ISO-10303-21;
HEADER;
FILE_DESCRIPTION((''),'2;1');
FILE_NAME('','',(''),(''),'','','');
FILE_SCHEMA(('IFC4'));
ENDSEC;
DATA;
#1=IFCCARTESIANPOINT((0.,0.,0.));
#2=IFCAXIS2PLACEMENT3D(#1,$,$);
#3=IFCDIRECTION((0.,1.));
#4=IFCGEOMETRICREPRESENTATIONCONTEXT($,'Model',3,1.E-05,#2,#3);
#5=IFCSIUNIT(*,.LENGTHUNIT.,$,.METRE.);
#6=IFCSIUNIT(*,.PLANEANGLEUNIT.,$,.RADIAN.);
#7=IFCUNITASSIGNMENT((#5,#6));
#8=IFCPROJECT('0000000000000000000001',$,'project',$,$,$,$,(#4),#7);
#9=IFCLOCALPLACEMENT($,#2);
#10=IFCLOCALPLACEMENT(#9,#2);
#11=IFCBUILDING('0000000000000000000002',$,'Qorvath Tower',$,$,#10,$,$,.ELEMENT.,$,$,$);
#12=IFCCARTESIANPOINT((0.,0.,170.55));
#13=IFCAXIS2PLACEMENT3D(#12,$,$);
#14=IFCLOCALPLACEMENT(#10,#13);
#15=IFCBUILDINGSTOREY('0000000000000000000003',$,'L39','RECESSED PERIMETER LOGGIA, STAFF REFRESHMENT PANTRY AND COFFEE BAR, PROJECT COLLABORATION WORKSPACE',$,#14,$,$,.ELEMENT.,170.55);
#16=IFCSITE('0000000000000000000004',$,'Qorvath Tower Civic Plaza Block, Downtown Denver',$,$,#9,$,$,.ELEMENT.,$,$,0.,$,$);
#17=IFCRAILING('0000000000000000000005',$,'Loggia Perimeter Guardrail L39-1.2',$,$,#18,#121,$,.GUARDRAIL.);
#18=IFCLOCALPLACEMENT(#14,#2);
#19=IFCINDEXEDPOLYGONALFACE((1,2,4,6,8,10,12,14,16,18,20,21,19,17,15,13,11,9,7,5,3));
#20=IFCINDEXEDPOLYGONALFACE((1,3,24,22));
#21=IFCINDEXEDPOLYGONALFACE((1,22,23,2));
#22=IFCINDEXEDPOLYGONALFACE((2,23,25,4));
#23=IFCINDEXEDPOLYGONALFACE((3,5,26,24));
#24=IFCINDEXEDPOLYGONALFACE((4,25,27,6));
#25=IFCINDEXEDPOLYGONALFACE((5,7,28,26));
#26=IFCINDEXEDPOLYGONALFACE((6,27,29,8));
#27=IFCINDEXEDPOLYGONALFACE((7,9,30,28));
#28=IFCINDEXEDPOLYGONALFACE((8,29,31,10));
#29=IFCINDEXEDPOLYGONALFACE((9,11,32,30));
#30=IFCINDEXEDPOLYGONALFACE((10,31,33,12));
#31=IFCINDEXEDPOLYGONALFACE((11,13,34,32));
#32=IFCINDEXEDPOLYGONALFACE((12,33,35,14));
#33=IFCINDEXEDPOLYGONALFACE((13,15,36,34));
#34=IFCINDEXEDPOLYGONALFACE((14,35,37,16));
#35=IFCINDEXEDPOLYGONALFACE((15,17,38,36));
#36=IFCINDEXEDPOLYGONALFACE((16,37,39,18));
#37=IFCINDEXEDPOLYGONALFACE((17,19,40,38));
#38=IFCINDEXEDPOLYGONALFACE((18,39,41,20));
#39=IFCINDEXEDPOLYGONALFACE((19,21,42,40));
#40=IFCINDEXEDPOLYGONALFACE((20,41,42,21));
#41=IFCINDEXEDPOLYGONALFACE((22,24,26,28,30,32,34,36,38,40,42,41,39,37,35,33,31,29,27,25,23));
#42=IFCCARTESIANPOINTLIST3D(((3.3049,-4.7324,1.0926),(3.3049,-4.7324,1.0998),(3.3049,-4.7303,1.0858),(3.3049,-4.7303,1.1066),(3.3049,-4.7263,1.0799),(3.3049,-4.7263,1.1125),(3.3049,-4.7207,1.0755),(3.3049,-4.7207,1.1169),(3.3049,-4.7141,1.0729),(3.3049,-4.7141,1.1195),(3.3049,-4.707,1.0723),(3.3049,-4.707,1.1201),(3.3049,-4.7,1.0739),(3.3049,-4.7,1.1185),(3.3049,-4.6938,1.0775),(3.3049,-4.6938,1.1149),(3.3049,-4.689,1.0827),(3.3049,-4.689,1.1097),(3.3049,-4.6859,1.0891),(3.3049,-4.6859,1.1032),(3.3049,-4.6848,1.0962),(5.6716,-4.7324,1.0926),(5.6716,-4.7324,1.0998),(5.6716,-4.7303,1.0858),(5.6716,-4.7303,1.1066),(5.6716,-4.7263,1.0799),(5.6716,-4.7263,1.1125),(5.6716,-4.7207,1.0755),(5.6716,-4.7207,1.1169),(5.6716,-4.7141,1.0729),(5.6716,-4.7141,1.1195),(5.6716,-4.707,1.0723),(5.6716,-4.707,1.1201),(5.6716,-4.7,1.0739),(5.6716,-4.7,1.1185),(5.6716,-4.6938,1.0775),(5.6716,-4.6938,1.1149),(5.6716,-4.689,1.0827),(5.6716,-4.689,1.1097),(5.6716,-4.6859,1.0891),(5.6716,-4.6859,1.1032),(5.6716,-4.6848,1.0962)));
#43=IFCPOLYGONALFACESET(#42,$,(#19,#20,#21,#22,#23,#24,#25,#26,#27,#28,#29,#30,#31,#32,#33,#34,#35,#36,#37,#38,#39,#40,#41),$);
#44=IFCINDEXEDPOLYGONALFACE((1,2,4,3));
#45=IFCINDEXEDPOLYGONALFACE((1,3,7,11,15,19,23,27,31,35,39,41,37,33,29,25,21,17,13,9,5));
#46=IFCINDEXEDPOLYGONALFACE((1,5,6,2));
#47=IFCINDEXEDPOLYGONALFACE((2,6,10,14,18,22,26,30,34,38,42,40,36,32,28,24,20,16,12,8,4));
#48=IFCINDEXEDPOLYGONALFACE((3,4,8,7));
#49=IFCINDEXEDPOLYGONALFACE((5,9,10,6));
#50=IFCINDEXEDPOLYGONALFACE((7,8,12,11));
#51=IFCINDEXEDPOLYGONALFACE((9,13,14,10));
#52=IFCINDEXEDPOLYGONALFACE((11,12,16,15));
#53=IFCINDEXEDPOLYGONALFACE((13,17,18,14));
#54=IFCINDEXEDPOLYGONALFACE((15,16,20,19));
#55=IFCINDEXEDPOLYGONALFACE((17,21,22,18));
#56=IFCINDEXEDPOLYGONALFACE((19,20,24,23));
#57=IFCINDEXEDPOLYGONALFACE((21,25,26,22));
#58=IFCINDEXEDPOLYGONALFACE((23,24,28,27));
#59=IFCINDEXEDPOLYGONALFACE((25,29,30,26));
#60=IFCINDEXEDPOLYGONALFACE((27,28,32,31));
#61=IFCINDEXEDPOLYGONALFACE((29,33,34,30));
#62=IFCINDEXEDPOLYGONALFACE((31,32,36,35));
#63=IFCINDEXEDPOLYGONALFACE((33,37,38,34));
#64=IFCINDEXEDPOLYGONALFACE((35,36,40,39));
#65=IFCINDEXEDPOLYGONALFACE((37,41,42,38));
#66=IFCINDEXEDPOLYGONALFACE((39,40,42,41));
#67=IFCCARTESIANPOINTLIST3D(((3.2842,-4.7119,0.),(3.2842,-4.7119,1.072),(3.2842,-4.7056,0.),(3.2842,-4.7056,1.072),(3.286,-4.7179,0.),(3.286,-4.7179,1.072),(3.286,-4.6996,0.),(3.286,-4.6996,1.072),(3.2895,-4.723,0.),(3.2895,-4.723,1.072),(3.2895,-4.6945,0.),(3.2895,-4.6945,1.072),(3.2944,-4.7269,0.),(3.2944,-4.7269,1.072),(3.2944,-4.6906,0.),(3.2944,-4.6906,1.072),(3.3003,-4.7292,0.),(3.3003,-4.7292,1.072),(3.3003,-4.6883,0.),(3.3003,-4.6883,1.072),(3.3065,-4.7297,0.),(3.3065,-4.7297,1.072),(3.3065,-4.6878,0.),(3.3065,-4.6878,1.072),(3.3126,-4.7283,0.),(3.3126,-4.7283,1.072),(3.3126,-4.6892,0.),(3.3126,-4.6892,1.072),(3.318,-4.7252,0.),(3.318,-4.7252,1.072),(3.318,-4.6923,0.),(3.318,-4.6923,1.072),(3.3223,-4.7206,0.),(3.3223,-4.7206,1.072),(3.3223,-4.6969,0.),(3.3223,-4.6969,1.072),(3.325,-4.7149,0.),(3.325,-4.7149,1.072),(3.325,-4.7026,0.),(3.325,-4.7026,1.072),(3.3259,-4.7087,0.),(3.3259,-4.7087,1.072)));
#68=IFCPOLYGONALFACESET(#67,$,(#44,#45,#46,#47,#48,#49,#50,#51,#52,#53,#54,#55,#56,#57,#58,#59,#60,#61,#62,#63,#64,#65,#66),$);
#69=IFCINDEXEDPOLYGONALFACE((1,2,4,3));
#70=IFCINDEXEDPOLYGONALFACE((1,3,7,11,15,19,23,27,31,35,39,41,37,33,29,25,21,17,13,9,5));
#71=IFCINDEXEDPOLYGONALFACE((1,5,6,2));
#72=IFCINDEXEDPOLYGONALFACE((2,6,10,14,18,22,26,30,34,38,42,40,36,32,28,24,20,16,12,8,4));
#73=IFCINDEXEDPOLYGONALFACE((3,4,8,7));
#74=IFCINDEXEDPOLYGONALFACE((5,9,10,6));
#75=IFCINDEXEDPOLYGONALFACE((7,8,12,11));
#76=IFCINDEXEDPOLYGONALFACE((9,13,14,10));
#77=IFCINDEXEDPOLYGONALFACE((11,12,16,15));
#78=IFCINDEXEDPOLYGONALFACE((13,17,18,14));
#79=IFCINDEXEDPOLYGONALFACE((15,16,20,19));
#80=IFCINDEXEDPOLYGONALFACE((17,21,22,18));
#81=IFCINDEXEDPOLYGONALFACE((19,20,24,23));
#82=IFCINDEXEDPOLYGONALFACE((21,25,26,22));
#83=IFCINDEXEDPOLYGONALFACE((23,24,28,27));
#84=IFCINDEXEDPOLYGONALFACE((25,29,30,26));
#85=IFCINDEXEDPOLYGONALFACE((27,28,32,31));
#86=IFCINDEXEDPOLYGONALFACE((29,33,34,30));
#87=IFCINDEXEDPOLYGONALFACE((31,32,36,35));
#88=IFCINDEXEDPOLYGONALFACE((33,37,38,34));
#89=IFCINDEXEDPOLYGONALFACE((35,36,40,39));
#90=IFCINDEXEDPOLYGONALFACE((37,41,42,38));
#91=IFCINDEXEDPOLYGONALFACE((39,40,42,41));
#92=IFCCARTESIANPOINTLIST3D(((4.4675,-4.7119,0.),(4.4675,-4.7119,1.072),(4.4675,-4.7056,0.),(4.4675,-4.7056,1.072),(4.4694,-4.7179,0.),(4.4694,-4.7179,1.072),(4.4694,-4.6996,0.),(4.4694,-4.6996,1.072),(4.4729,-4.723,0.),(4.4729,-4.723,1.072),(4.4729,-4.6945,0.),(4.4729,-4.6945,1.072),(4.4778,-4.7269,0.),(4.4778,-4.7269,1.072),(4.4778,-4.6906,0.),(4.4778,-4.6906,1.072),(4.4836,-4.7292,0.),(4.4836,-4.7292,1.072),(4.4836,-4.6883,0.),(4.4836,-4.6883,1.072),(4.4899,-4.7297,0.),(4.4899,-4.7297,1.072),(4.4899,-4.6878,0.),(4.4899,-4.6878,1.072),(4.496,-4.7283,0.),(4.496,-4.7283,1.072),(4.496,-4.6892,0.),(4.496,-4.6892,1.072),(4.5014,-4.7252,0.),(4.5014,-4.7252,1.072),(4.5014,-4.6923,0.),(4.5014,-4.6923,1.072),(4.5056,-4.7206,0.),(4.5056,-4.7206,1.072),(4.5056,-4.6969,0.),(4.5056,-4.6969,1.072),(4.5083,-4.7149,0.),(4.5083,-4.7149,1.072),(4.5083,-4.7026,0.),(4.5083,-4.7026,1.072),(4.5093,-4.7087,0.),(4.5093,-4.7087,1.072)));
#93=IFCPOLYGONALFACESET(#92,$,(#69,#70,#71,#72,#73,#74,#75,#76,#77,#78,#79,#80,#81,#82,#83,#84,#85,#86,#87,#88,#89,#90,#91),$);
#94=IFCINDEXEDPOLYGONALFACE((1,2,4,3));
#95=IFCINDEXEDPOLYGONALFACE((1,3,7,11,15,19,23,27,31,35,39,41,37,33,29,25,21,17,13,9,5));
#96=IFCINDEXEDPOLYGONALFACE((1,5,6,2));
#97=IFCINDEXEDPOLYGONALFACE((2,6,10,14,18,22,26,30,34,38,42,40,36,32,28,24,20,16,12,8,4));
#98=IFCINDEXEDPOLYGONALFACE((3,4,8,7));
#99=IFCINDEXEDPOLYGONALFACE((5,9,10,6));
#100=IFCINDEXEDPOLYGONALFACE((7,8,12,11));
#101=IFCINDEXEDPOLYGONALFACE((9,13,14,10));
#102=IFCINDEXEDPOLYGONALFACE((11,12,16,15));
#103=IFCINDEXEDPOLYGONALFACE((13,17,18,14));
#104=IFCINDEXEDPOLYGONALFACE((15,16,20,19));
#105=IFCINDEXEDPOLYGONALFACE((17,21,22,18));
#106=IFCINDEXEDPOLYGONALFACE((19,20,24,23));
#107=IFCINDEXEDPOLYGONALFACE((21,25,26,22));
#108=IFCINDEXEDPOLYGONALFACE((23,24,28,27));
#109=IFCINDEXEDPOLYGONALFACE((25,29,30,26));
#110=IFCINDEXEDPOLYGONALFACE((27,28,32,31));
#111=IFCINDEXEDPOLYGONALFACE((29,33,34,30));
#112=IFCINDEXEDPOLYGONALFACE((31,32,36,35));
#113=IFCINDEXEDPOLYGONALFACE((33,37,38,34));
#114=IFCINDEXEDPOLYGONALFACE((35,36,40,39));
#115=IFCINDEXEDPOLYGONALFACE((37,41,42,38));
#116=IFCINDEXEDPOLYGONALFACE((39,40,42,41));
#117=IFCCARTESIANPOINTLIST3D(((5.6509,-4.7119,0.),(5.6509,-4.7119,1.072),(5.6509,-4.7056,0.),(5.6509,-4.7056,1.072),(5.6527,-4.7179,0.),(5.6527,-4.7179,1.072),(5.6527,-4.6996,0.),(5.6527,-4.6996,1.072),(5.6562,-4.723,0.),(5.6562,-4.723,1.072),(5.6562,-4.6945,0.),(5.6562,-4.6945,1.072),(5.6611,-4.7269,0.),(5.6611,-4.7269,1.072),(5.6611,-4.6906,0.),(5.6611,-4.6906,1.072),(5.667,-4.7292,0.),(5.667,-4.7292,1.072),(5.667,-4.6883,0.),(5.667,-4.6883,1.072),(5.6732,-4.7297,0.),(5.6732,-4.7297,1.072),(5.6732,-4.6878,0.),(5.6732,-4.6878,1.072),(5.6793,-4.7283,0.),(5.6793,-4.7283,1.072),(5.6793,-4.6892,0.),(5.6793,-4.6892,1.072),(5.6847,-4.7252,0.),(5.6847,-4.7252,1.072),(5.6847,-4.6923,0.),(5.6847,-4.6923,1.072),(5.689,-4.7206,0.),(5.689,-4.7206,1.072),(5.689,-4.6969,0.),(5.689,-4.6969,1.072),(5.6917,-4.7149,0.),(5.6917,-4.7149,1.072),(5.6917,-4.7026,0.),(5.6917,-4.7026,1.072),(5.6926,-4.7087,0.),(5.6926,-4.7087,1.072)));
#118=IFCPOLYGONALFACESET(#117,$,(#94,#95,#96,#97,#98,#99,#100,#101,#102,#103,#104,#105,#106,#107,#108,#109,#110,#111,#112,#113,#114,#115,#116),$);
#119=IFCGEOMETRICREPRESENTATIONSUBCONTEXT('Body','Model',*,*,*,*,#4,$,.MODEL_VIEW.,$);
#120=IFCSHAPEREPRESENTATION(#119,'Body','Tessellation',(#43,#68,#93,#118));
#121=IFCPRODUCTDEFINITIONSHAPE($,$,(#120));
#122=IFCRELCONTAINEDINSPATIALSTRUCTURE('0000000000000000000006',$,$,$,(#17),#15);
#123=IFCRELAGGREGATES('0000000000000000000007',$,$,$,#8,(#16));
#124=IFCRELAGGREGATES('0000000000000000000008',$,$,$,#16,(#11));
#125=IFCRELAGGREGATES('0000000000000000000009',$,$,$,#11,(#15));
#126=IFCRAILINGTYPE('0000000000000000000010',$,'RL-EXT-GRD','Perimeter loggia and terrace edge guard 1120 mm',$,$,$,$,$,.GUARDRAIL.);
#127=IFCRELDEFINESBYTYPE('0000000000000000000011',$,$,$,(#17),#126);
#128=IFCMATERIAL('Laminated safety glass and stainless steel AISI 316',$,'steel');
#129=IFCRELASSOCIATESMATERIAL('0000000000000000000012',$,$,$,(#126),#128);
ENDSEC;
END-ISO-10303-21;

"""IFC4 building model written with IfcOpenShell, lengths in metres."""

from ifc_helpers import new_model, si_unit, direction, frame, origin, origin_2d, place, context, subcontext, project, spatial, circle, extrude, material, type_object, element, save


model = new_model("IFC4")

# Units and contexts
model_context = context("Model", 3, precision=1e-05, world=origin(), true_north=direction((0.0, 1.0)))
body_context = subcontext(model_context, "Body", "Model", "MODEL_VIEW")
ifc_project = project(units=[si_unit("LENGTHUNIT", "METRE"), si_unit("PLANEANGLEUNIT", "RADIAN")], contexts=[model_context])

# Site, building, storey
site_placement = place(None, origin())
site = spatial("IfcSite", under=ifc_project, at=site_placement, Name="Qorvath Tower Civic Plaza Block, Downtown Denver", CompositionType="ELEMENT", RefElevation=0.0)
building_placement = place(site_placement, origin())
building = spatial("IfcBuilding", under=site, at=building_placement, Name="Qorvath Tower", CompositionType="ELEMENT")
storey_placement = place(building_placement, frame((0.0, 0.0, 170.55)))
storey = spatial("IfcBuildingStorey", under=building, at=storey_placement, Name="L39", Description="RECESSED PERIMETER LOGGIA, STAFF REFRESHMENT PANTRY AND COFFEE BAR, PROJECT COLLABORATION WORKSPACE", CompositionType="ELEMENT", Elevation=170.55)

# Railing
ifc_material_1 = material(Name="Laminated safety glass and stainless steel AISI 316", Category="steel")
railing_type = type_object("IfcRailingType", Name="RL-EXT-GRD", Description="Perimeter loggia and terrace edge guard 1120 mm", PredefinedType="GUARDRAIL", material=ifc_material_1)
railing_1_placement = place(storey_placement, frame((3.3049, -4.7087, 0.0)))
element("IfcRailing", 1, at=railing_1_placement, inside=storey, type_object=railing_type, Name="Loggia Perimeter Guardrail L39-1.2", PredefinedType="GUARDRAIL", context=body_context, shape_type="SweptSolid", body=[
    extrude(circle(Radius=0.0239, at=origin_2d()), frame((0.0, 0.0, 1.0962), z_axis=(1.0, 0.0, 0.0), x_axis=(0.0, 1.0, 0.0)), (0.0, 0.0, 1.0), 2.3667),
    extrude(circle(Radius=0.021, at=origin_2d()), origin(), (0.0, 0.0, 1.0), 1.072),
    extrude(circle(Radius=0.021, at=origin_2d()), frame((1.1833, 0.0, 0.0)), (0.0, 0.0, 1.0), 1.072),
    extrude(circle(Radius=0.021, at=origin_2d()), frame((2.3667, 0.0, 0.0)), (0.0, 0.0, 1.0), 1.072),
])

save(model, "model.ifc")
